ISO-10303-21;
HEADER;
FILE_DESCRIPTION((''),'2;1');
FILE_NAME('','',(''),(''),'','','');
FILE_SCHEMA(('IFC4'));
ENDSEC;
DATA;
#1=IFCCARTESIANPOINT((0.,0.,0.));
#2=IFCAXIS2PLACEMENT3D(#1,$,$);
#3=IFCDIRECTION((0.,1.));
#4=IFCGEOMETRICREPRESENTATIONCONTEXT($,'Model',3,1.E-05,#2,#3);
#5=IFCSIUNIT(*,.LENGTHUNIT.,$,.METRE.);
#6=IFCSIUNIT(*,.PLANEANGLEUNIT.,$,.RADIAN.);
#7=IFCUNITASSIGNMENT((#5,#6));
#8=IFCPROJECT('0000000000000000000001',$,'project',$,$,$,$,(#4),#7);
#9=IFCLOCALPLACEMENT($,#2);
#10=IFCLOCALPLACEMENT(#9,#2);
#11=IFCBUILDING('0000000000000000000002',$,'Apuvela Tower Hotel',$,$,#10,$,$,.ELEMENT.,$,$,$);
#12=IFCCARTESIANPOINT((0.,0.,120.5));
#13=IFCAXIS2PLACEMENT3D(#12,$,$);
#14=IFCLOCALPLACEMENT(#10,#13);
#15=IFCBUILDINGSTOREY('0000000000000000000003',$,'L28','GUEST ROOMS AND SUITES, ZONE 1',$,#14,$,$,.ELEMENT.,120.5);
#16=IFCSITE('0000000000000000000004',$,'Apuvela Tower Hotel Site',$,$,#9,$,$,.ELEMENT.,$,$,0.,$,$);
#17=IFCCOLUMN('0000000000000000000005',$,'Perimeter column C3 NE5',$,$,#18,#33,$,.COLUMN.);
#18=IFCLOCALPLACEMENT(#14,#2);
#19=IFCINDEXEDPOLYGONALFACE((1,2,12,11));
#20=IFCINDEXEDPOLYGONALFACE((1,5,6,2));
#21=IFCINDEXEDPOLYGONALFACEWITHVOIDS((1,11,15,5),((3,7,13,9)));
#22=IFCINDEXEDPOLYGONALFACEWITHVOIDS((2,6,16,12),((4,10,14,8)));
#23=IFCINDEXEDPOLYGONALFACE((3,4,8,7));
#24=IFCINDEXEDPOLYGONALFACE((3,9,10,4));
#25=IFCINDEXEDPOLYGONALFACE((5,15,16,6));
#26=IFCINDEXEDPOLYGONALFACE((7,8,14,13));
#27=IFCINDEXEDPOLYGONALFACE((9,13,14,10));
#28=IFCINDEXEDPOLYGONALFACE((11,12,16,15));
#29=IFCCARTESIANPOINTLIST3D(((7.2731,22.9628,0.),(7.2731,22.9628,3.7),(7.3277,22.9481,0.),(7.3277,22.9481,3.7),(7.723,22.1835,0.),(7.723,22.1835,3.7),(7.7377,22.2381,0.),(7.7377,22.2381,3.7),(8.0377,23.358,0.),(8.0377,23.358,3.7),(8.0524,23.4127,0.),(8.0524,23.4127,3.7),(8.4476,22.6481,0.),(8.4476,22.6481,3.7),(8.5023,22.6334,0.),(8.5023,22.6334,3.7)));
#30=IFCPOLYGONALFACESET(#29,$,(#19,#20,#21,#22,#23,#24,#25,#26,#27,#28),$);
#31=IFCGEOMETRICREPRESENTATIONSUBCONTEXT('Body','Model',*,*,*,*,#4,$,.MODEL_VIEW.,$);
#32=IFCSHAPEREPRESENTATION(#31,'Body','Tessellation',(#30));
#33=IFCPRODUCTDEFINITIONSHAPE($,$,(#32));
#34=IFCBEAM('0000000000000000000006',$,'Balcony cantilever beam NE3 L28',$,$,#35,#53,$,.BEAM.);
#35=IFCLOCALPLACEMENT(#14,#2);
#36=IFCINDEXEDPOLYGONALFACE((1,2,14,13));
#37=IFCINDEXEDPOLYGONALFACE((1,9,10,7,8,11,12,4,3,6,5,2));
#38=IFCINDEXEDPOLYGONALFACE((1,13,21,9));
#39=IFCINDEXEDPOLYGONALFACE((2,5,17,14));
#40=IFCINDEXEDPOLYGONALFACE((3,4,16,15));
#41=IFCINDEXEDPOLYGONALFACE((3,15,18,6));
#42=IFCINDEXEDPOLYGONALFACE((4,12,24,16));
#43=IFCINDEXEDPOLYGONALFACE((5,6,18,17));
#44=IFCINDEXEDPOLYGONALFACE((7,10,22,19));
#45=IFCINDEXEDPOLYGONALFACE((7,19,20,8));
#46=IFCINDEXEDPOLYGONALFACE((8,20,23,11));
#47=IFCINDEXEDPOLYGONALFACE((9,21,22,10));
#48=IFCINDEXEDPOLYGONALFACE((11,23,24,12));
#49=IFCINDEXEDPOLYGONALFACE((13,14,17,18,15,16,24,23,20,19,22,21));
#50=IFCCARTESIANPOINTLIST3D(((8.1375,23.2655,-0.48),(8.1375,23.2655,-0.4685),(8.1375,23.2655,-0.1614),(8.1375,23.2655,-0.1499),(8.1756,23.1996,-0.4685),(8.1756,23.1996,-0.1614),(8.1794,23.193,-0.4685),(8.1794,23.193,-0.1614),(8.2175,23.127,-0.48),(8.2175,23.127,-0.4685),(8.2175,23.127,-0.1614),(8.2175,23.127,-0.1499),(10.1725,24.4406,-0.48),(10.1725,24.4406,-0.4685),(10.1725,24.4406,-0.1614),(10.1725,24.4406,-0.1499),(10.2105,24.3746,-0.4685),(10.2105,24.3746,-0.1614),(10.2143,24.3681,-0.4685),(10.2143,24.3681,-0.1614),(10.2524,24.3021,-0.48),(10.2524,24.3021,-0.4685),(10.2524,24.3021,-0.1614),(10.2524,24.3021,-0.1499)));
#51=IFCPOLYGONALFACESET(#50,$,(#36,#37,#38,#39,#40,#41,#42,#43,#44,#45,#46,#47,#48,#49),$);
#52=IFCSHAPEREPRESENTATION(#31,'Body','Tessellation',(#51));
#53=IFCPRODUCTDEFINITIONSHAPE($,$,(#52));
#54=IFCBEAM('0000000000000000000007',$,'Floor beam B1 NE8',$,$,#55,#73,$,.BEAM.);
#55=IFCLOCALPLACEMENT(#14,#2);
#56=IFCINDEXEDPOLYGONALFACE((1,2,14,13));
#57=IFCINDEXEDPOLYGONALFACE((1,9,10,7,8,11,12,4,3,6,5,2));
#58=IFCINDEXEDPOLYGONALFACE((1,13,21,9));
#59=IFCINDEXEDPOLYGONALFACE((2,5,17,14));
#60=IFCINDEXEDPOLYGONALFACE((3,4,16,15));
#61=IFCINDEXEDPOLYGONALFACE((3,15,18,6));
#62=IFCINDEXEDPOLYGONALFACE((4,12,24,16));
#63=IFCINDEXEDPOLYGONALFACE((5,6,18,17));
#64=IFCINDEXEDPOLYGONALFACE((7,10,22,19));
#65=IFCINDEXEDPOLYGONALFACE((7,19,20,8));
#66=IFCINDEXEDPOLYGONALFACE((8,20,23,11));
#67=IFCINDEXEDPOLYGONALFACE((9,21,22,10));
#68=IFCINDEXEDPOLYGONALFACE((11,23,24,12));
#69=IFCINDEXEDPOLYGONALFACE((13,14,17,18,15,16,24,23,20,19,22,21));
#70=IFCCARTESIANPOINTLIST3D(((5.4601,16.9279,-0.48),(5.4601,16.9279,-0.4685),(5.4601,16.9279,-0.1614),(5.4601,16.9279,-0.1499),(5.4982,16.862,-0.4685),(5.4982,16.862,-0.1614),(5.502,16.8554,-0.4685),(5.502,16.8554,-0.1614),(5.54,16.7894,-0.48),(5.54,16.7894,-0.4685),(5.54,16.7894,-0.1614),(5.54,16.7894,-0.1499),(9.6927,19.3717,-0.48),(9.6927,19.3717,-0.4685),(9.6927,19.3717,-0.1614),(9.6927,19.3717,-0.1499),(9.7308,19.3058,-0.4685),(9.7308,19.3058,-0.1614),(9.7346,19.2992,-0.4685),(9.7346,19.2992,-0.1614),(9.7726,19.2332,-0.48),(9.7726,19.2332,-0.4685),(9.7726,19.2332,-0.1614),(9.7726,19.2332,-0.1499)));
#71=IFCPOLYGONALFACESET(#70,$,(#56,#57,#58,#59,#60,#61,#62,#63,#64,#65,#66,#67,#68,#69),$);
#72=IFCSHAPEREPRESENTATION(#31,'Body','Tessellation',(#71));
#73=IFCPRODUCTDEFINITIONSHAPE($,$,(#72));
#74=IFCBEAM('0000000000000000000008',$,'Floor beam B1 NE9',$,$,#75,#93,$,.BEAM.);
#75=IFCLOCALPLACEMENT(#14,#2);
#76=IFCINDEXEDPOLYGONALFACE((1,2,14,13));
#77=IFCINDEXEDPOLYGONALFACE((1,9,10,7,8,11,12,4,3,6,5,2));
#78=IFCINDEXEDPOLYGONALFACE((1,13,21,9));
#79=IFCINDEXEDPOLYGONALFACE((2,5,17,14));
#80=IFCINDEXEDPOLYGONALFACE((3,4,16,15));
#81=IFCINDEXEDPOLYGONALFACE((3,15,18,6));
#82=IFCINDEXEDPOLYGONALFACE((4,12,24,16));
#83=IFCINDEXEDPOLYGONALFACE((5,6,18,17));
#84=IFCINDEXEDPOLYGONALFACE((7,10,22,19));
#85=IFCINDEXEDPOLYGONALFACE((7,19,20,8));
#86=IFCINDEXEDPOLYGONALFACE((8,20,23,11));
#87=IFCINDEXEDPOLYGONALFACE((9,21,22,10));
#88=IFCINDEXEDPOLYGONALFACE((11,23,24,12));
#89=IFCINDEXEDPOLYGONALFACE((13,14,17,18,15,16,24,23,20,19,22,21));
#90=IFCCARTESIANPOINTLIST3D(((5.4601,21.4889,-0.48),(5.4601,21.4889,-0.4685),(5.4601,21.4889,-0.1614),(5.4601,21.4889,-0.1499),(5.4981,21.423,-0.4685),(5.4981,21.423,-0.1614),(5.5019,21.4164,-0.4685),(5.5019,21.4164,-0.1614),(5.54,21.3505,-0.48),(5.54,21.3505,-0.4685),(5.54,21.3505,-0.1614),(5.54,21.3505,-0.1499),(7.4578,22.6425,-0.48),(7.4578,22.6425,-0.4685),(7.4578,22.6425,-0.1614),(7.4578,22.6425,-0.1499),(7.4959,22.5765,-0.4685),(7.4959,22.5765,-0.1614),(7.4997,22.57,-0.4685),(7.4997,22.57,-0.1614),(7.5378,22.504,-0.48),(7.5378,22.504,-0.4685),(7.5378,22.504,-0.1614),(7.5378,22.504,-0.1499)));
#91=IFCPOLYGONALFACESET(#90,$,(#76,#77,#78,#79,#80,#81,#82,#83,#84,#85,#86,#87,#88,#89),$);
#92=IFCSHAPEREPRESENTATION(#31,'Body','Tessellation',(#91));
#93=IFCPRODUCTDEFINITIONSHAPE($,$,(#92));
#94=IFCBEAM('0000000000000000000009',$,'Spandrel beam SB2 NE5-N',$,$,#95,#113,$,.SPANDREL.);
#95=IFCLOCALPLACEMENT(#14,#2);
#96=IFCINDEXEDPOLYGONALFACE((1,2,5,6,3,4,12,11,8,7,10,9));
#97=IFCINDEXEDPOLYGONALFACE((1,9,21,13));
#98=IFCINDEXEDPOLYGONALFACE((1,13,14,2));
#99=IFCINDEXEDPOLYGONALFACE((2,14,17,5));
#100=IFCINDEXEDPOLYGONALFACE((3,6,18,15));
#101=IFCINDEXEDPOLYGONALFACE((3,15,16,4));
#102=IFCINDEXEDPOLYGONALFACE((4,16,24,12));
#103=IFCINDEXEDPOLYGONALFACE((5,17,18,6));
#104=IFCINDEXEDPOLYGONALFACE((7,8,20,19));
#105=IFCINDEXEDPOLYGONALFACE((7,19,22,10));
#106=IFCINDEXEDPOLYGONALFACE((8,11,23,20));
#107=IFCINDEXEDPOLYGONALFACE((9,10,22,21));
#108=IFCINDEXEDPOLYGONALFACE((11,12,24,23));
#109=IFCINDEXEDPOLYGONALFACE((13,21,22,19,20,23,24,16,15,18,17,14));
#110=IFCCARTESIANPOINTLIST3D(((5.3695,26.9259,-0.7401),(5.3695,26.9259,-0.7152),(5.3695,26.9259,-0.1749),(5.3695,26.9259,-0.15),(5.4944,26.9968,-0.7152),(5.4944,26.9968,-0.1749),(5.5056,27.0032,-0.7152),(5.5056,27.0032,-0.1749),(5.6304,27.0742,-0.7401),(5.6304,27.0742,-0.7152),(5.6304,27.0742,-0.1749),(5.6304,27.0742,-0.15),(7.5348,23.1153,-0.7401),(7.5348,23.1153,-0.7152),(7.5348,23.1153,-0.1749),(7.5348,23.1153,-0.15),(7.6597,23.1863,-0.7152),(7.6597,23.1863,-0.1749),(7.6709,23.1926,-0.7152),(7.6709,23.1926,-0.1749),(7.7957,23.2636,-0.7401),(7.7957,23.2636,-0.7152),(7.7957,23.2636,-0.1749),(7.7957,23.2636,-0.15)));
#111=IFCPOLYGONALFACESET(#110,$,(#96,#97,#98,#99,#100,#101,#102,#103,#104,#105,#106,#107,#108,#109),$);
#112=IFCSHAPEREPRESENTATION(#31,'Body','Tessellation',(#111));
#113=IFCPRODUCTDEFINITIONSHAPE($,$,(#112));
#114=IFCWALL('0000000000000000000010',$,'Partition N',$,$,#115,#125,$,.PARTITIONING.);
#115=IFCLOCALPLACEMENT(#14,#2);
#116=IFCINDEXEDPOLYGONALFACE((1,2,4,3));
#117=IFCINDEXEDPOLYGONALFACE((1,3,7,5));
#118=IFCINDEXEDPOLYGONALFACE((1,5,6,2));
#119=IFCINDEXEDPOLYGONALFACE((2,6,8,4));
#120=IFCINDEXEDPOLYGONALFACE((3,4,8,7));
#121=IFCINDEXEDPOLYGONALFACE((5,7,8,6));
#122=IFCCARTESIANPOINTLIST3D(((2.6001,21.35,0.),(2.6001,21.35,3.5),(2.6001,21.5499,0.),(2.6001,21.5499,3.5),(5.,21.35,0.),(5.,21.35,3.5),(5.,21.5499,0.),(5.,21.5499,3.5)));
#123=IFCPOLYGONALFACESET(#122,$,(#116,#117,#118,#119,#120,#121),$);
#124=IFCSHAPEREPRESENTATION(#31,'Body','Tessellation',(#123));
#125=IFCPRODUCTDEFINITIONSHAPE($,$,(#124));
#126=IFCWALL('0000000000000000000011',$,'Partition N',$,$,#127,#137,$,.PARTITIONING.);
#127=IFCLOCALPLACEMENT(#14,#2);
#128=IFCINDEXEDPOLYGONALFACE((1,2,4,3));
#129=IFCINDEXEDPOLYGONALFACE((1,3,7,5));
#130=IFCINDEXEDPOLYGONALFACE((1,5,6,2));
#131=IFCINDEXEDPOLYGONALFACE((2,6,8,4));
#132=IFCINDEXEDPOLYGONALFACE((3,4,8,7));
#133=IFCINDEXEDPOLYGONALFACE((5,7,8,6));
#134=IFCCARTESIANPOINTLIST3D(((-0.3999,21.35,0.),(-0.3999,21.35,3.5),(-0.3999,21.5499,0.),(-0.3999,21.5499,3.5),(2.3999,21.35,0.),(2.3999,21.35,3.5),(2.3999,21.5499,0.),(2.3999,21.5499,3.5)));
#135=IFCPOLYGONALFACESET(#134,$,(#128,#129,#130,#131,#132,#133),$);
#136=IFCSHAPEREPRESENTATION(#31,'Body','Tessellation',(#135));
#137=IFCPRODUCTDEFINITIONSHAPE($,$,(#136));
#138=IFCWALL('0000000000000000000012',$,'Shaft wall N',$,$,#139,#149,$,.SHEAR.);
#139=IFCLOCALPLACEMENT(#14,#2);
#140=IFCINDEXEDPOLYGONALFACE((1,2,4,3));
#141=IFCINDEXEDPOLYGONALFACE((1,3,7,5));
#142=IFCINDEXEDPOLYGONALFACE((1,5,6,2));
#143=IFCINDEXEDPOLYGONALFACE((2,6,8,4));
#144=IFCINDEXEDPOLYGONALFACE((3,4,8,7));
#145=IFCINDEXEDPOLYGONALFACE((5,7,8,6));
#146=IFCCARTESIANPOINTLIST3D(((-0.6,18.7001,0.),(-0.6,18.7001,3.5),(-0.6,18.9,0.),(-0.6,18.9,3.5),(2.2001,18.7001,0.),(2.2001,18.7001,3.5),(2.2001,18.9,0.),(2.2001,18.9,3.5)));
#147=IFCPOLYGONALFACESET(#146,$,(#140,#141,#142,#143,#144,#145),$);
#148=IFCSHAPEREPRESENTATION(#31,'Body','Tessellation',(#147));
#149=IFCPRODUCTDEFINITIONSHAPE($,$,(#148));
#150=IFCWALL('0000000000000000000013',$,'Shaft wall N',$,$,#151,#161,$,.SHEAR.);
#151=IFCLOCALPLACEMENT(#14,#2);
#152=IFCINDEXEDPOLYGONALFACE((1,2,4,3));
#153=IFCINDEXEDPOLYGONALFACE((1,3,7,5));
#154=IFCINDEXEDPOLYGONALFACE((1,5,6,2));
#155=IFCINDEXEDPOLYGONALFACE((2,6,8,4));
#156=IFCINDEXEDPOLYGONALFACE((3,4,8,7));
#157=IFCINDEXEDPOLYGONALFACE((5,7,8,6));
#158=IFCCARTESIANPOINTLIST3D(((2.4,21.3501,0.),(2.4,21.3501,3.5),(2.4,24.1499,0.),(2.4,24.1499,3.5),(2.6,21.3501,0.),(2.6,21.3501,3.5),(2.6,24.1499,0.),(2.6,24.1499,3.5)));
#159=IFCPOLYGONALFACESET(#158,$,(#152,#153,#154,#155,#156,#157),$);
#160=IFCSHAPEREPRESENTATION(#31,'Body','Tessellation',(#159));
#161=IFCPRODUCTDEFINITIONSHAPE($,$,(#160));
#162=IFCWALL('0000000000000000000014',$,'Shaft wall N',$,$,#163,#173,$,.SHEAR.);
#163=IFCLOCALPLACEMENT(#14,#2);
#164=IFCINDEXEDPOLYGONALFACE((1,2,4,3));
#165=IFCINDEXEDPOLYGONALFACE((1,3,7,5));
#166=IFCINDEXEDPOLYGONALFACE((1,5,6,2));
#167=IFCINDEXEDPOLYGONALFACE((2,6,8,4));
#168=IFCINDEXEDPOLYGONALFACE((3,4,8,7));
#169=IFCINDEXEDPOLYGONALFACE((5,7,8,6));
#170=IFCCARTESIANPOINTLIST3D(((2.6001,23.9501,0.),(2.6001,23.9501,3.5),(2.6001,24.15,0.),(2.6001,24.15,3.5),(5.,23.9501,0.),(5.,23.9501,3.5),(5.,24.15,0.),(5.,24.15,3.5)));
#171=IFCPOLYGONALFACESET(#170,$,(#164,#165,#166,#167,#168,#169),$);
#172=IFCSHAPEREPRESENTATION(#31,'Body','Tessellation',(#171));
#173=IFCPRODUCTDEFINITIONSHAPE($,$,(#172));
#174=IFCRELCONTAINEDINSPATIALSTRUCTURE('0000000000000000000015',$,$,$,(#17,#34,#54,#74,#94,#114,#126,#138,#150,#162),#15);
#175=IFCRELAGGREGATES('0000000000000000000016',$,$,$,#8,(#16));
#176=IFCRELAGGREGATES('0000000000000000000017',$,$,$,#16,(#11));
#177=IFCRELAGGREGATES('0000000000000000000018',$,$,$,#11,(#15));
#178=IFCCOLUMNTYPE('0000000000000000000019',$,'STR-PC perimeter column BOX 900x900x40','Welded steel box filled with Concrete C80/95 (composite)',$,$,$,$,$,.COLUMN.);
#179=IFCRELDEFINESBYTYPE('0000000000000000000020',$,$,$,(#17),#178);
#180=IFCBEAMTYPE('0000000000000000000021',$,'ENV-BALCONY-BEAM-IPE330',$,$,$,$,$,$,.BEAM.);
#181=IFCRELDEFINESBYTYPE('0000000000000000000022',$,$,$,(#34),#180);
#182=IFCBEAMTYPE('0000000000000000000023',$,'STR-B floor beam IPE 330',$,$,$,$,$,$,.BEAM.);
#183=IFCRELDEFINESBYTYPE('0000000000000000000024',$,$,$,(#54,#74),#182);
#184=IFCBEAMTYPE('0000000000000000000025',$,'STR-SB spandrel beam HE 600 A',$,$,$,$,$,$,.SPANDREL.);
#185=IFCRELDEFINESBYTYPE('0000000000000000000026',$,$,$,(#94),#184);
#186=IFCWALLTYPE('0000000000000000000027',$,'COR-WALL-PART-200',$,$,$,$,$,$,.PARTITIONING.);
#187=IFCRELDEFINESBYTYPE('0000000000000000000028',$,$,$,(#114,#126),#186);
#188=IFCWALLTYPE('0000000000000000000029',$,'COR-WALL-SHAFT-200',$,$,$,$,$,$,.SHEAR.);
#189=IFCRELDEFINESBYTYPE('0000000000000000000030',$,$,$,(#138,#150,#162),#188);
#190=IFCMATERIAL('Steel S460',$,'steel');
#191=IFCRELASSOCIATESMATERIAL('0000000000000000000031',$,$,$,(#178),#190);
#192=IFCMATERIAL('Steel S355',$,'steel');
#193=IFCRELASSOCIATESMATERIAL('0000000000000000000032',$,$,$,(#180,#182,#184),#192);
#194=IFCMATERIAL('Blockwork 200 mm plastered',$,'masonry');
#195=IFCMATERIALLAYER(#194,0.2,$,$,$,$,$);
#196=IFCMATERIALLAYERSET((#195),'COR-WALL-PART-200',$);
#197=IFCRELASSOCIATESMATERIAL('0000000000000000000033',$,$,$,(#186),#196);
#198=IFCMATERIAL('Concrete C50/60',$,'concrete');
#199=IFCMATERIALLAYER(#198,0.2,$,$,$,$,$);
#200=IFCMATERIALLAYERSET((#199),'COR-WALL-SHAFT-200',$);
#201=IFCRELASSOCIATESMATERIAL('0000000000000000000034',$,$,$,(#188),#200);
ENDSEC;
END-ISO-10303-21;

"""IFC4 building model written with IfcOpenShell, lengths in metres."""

from ifc_helpers import new_model, si_unit, direction, frame, frame_2d, origin, origin_2d, place, context, subcontext, project, spatial, rectangle, hollow_rectangle, i_section, extrude, material, layer, layer_set, material_profile, profile_set, type_object, element, save


model = new_model("IFC4")

# Units and contexts
model_context = context("Model", 3, precision=1e-05, world=origin(), true_north=direction((0.0, 1.0)))
body_context = subcontext(model_context, "Body", "Model", "MODEL_VIEW")
ifc_project = project(units=[si_unit("LENGTHUNIT", "METRE"), si_unit("PLANEANGLEUNIT", "RADIAN")], contexts=[model_context])

# Site, building, storey
site_placement = place(None, origin())
site = spatial("IfcSite", under=ifc_project, at=site_placement, Name="Apuvela Tower Hotel Site", CompositionType="ELEMENT", RefElevation=0.0)
building_placement = place(site_placement, origin())
building = spatial("IfcBuilding", under=site, at=building_placement, Name="Apuvela Tower Hotel", CompositionType="ELEMENT")
storey_placement = place(building_placement, frame((0.0, 0.0, 120.5)))
storey = spatial("IfcBuildingStorey", under=building, at=storey_placement, Name="L28", Description="GUEST ROOMS AND SUITES, ZONE 1", CompositionType="ELEMENT", Elevation=120.5)

# Column
ifc_material_1 = material(Name="Steel S460", Category="steel")
ifc_material_profile_1 = material_profile(ifc_material_1, hollow_rectangle(XDim=0.8999, YDim=0.8999, WallThickness=0.04, at=origin_2d()), Name="BOX 900x900x40")
ifc_material_2 = material(Name="Concrete C80/95", Category="concrete")
ifc_material_profile_2 = material_profile(ifc_material_2, rectangle(XDim=0.8201, YDim=0.8201, at=origin_2d()), Name="Concrete C80/95 infill")
ifc_profile_set_1 = profile_set([ifc_material_profile_1, ifc_material_profile_2], Name="Steel S460")
column_type = type_object("IfcColumnType", Name="STR-PC perimeter column BOX 900x900x40", Description="Welded steel box filled with Concrete C80/95 (composite)", PredefinedType="COLUMN", material=ifc_profile_set_1)
column_placement = place(storey_placement, frame((7.8877, 22.7981, 0.0), z_axis=(0.0, 0.0, 1.0), x_axis=(-0.5, 0.866025, 0.0)))
element("IfcColumn", 1, at=column_placement, inside=storey, type_object=column_type, Name="Perimeter column C3 NE5", PredefinedType="COLUMN", context=body_context, shape_type="SweptSolid", body=[
    extrude(hollow_rectangle(XDim=0.8999, YDim=0.8999, WallThickness=0.04, at=origin_2d()), origin(), (0.0, 0.0, 1.0), 3.7),
])

# Beams
ifc_material_3 = material(Name="Steel S355", Category="steel")
ifc_material_profile_3 = material_profile(ifc_material_3, i_section(OverallWidth=0.1599, OverallDepth=0.3301, WebThickness=0.0076, FlangeThickness=0.0115, at=origin_2d()), Name="IPE 330")
ifc_profile_set_2 = profile_set([ifc_material_profile_3], Name="Steel S355")
beam_type_1 = type_object("IfcBeamType", Name="ENV-BALCONY-BEAM-IPE330", PredefinedType="BEAM", material=ifc_profile_set_2)
beam_1_placement = place(storey_placement, frame((8.1775, 23.1963, -0.3149), z_axis=(0.86599, 0.500061, 0.0), x_axis=(-0.500061, 0.86599, 0.0)))
element("IfcBeam", 2, at=beam_1_placement, inside=storey, type_object=beam_type_1, Name="Balcony cantilever beam NE3 L28", PredefinedType="BEAM", context=body_context, shape_type="SweptSolid", body=[
    extrude(i_section(OverallWidth=0.1599, OverallDepth=0.3301, WebThickness=0.0076, FlangeThickness=0.0115, at=origin_2d()), origin(), (0.0, 0.0, 1.0), 2.3499),
])
ifc_material_profile_4 = material_profile(ifc_material_3, i_section(OverallWidth=0.1599, OverallDepth=0.3301, WebThickness=0.0076, FlangeThickness=0.0115, at=origin_2d()), Name="IPE 330")
ifc_profile_set_3 = profile_set([ifc_material_profile_4], Name="Steel S355")
beam_type_2 = type_object("IfcBeamType", Name="STR-B floor beam IPE 330", PredefinedType="BEAM", material=ifc_profile_set_3)
beam_2_placement = place(storey_placement, frame((9.7327, 19.3025, -0.3149), z_axis=(-0.866015, -0.500018, 0.0), x_axis=(0.500018, -0.866015, 0.0)))
element("IfcBeam", 3, at=beam_2_placement, inside=storey, type_object=beam_type_2, Name="Floor beam B1 NE8", PredefinedType="BEAM", context=body_context, shape_type="SweptSolid", body=[
    extrude(i_section(OverallWidth=0.1599, OverallDepth=0.3301, WebThickness=0.0076, FlangeThickness=0.0115, at=origin_2d()), origin(), (0.0, 0.0, 1.0), 4.8875),
])
beam_3_placement = place(storey_placement, frame((7.4978, 22.5732, -0.3149), z_axis=(-0.866001, -0.500043, 0.0), x_axis=(0.500043, -0.866001, 0.0)))
element("IfcBeam", 4, at=beam_3_placement, inside=storey, type_object=beam_type_2, Name="Floor beam B1 NE9", PredefinedType="BEAM", context=body_context, shape_type="SweptSolid", body=[
    extrude(i_section(OverallWidth=0.1599, OverallDepth=0.3301, WebThickness=0.0076, FlangeThickness=0.0115, at=origin_2d()), origin(), (0.0, 0.0, 1.0), 2.3069),
])
ifc_material_profile_5 = material_profile(ifc_material_3, i_section(OverallWidth=0.3, OverallDepth=0.5901, WebThickness=0.0129, FlangeThickness=0.0249, at=origin_2d()), Name="HE 600 A")
ifc_profile_set_4 = profile_set([ifc_material_profile_5], Name="Steel S355")
beam_type_3 = type_object("IfcBeamType", Name="STR-SB spandrel beam HE 600 A", PredefinedType="SPANDREL", material=ifc_profile_set_4)
beam_4_placement = place(storey_placement, frame((7.6653, 23.1895, -0.4451), z_axis=(-0.494044, 0.869437, 0.0), x_axis=(-0.869437, -0.494044, 0.0)))
element("IfcBeam", 5, at=beam_4_placement, inside=storey, type_object=beam_type_3, Name="Spandrel beam SB2 NE5-N", PredefinedType="SPANDREL", context=body_context, shape_type="SweptSolid", body=[
    extrude(i_section(OverallWidth=0.3, OverallDepth=0.5901, WebThickness=0.0129, FlangeThickness=0.0249, at=origin_2d()), origin(), (0.0, 0.0, 1.0), 4.3828),
])

# Walls
ifc_material_4 = material(Name="Blockwork 200 mm plastered", Category="masonry")
ifc_layer_1 = layer(ifc_material_4, 0.2)
ifc_layer_set_1 = layer_set([ifc_layer_1], Name="COR-WALL-PART-200")
wall_type_1 = type_object("IfcWallType", Name="COR-WALL-PART-200", PredefinedType="PARTITIONING", material=ifc_layer_set_1)
wall_1_placement = place(storey_placement, frame((5.0, 21.45, 0.0), z_axis=(0.0, 0.0, 1.0), x_axis=(-1.0, 0.0, 0.0)))
element("IfcWall", 6, at=wall_1_placement, inside=storey, type_object=wall_type_1, Name="Partition N", PredefinedType="PARTITIONING", context=body_context, shape_type="SweptSolid", body=[
    extrude(rectangle(XDim=2.3999, YDim=0.2, at=frame_2d((1.2, 0.0))), origin(), (0.0, 0.0, 1.0), 3.5),
])
wall_2_placement = place(storey_placement, frame((2.3999, 21.45, 0.0), z_axis=(0.0, 0.0, 1.0), x_axis=(-1.0, 0.0, 0.0)))
element("IfcWall", 7, at=wall_2_placement, inside=storey, type_object=wall_type_1, Name="Partition N", PredefinedType="PARTITIONING", context=body_context, shape_type="SweptSolid", body=[
    extrude(rectangle(XDim=2.7998, YDim=0.2, at=frame_2d((1.3999, 0.0))), origin(), (0.0, 0.0, 1.0), 3.5),
])
ifc_material_5 = material(Name="Concrete C50/60", Category="concrete")
ifc_layer_2 = layer(ifc_material_5, 0.2)
ifc_layer_set_2 = layer_set([ifc_layer_2], Name="COR-WALL-SHAFT-200")
wall_type_2 = type_object("IfcWallType", Name="COR-WALL-SHAFT-200", PredefinedType="SHEAR", material=ifc_layer_set_2)
wall_3_placement = place(storey_placement, frame((2.2, 18.8, 0.0), z_axis=(0.0, 0.0, 1.0), x_axis=(-1.0, 0.0, 0.0)))
element("IfcWall", 8, at=wall_3_placement, inside=storey, type_object=wall_type_2, Name="Shaft wall N", PredefinedType="SHEAR", context=body_context, shape_type="SweptSolid", body=[
    extrude(rectangle(XDim=2.8, YDim=0.2, at=frame_2d((1.3999, 0.0))), origin(), (0.0, 0.0, 1.0), 3.5),
])
wall_4_placement = place(storey_placement, frame((2.5, 21.3501, 0.0), z_axis=(0.0, 0.0, 1.0), x_axis=(0.0, 1.0, 0.0)))
element("IfcWall", 9, at=wall_4_placement, inside=storey, type_object=wall_type_2, Name="Shaft wall N", PredefinedType="SHEAR", context=body_context, shape_type="SweptSolid", body=[
    extrude(rectangle(XDim=2.7998, YDim=0.2, at=frame_2d((1.3999, 0.0))), origin(), (0.0, 0.0, 1.0), 3.5),
])
wall_5_placement = place(storey_placement, frame((5.0, 24.05, 0.0), z_axis=(0.0, 0.0, 1.0), x_axis=(-1.0, 0.0, 0.0)))
element("IfcWall", 10, at=wall_5_placement, inside=storey, type_object=wall_type_2, Name="Shaft wall N", PredefinedType="SHEAR", context=body_context, shape_type="SweptSolid", body=[
    extrude(rectangle(XDim=2.3999, YDim=0.2, at=frame_2d((1.2, 0.0))), origin(), (0.0, 0.0, 1.0), 3.5),
])

save(model, "model.ifc")
